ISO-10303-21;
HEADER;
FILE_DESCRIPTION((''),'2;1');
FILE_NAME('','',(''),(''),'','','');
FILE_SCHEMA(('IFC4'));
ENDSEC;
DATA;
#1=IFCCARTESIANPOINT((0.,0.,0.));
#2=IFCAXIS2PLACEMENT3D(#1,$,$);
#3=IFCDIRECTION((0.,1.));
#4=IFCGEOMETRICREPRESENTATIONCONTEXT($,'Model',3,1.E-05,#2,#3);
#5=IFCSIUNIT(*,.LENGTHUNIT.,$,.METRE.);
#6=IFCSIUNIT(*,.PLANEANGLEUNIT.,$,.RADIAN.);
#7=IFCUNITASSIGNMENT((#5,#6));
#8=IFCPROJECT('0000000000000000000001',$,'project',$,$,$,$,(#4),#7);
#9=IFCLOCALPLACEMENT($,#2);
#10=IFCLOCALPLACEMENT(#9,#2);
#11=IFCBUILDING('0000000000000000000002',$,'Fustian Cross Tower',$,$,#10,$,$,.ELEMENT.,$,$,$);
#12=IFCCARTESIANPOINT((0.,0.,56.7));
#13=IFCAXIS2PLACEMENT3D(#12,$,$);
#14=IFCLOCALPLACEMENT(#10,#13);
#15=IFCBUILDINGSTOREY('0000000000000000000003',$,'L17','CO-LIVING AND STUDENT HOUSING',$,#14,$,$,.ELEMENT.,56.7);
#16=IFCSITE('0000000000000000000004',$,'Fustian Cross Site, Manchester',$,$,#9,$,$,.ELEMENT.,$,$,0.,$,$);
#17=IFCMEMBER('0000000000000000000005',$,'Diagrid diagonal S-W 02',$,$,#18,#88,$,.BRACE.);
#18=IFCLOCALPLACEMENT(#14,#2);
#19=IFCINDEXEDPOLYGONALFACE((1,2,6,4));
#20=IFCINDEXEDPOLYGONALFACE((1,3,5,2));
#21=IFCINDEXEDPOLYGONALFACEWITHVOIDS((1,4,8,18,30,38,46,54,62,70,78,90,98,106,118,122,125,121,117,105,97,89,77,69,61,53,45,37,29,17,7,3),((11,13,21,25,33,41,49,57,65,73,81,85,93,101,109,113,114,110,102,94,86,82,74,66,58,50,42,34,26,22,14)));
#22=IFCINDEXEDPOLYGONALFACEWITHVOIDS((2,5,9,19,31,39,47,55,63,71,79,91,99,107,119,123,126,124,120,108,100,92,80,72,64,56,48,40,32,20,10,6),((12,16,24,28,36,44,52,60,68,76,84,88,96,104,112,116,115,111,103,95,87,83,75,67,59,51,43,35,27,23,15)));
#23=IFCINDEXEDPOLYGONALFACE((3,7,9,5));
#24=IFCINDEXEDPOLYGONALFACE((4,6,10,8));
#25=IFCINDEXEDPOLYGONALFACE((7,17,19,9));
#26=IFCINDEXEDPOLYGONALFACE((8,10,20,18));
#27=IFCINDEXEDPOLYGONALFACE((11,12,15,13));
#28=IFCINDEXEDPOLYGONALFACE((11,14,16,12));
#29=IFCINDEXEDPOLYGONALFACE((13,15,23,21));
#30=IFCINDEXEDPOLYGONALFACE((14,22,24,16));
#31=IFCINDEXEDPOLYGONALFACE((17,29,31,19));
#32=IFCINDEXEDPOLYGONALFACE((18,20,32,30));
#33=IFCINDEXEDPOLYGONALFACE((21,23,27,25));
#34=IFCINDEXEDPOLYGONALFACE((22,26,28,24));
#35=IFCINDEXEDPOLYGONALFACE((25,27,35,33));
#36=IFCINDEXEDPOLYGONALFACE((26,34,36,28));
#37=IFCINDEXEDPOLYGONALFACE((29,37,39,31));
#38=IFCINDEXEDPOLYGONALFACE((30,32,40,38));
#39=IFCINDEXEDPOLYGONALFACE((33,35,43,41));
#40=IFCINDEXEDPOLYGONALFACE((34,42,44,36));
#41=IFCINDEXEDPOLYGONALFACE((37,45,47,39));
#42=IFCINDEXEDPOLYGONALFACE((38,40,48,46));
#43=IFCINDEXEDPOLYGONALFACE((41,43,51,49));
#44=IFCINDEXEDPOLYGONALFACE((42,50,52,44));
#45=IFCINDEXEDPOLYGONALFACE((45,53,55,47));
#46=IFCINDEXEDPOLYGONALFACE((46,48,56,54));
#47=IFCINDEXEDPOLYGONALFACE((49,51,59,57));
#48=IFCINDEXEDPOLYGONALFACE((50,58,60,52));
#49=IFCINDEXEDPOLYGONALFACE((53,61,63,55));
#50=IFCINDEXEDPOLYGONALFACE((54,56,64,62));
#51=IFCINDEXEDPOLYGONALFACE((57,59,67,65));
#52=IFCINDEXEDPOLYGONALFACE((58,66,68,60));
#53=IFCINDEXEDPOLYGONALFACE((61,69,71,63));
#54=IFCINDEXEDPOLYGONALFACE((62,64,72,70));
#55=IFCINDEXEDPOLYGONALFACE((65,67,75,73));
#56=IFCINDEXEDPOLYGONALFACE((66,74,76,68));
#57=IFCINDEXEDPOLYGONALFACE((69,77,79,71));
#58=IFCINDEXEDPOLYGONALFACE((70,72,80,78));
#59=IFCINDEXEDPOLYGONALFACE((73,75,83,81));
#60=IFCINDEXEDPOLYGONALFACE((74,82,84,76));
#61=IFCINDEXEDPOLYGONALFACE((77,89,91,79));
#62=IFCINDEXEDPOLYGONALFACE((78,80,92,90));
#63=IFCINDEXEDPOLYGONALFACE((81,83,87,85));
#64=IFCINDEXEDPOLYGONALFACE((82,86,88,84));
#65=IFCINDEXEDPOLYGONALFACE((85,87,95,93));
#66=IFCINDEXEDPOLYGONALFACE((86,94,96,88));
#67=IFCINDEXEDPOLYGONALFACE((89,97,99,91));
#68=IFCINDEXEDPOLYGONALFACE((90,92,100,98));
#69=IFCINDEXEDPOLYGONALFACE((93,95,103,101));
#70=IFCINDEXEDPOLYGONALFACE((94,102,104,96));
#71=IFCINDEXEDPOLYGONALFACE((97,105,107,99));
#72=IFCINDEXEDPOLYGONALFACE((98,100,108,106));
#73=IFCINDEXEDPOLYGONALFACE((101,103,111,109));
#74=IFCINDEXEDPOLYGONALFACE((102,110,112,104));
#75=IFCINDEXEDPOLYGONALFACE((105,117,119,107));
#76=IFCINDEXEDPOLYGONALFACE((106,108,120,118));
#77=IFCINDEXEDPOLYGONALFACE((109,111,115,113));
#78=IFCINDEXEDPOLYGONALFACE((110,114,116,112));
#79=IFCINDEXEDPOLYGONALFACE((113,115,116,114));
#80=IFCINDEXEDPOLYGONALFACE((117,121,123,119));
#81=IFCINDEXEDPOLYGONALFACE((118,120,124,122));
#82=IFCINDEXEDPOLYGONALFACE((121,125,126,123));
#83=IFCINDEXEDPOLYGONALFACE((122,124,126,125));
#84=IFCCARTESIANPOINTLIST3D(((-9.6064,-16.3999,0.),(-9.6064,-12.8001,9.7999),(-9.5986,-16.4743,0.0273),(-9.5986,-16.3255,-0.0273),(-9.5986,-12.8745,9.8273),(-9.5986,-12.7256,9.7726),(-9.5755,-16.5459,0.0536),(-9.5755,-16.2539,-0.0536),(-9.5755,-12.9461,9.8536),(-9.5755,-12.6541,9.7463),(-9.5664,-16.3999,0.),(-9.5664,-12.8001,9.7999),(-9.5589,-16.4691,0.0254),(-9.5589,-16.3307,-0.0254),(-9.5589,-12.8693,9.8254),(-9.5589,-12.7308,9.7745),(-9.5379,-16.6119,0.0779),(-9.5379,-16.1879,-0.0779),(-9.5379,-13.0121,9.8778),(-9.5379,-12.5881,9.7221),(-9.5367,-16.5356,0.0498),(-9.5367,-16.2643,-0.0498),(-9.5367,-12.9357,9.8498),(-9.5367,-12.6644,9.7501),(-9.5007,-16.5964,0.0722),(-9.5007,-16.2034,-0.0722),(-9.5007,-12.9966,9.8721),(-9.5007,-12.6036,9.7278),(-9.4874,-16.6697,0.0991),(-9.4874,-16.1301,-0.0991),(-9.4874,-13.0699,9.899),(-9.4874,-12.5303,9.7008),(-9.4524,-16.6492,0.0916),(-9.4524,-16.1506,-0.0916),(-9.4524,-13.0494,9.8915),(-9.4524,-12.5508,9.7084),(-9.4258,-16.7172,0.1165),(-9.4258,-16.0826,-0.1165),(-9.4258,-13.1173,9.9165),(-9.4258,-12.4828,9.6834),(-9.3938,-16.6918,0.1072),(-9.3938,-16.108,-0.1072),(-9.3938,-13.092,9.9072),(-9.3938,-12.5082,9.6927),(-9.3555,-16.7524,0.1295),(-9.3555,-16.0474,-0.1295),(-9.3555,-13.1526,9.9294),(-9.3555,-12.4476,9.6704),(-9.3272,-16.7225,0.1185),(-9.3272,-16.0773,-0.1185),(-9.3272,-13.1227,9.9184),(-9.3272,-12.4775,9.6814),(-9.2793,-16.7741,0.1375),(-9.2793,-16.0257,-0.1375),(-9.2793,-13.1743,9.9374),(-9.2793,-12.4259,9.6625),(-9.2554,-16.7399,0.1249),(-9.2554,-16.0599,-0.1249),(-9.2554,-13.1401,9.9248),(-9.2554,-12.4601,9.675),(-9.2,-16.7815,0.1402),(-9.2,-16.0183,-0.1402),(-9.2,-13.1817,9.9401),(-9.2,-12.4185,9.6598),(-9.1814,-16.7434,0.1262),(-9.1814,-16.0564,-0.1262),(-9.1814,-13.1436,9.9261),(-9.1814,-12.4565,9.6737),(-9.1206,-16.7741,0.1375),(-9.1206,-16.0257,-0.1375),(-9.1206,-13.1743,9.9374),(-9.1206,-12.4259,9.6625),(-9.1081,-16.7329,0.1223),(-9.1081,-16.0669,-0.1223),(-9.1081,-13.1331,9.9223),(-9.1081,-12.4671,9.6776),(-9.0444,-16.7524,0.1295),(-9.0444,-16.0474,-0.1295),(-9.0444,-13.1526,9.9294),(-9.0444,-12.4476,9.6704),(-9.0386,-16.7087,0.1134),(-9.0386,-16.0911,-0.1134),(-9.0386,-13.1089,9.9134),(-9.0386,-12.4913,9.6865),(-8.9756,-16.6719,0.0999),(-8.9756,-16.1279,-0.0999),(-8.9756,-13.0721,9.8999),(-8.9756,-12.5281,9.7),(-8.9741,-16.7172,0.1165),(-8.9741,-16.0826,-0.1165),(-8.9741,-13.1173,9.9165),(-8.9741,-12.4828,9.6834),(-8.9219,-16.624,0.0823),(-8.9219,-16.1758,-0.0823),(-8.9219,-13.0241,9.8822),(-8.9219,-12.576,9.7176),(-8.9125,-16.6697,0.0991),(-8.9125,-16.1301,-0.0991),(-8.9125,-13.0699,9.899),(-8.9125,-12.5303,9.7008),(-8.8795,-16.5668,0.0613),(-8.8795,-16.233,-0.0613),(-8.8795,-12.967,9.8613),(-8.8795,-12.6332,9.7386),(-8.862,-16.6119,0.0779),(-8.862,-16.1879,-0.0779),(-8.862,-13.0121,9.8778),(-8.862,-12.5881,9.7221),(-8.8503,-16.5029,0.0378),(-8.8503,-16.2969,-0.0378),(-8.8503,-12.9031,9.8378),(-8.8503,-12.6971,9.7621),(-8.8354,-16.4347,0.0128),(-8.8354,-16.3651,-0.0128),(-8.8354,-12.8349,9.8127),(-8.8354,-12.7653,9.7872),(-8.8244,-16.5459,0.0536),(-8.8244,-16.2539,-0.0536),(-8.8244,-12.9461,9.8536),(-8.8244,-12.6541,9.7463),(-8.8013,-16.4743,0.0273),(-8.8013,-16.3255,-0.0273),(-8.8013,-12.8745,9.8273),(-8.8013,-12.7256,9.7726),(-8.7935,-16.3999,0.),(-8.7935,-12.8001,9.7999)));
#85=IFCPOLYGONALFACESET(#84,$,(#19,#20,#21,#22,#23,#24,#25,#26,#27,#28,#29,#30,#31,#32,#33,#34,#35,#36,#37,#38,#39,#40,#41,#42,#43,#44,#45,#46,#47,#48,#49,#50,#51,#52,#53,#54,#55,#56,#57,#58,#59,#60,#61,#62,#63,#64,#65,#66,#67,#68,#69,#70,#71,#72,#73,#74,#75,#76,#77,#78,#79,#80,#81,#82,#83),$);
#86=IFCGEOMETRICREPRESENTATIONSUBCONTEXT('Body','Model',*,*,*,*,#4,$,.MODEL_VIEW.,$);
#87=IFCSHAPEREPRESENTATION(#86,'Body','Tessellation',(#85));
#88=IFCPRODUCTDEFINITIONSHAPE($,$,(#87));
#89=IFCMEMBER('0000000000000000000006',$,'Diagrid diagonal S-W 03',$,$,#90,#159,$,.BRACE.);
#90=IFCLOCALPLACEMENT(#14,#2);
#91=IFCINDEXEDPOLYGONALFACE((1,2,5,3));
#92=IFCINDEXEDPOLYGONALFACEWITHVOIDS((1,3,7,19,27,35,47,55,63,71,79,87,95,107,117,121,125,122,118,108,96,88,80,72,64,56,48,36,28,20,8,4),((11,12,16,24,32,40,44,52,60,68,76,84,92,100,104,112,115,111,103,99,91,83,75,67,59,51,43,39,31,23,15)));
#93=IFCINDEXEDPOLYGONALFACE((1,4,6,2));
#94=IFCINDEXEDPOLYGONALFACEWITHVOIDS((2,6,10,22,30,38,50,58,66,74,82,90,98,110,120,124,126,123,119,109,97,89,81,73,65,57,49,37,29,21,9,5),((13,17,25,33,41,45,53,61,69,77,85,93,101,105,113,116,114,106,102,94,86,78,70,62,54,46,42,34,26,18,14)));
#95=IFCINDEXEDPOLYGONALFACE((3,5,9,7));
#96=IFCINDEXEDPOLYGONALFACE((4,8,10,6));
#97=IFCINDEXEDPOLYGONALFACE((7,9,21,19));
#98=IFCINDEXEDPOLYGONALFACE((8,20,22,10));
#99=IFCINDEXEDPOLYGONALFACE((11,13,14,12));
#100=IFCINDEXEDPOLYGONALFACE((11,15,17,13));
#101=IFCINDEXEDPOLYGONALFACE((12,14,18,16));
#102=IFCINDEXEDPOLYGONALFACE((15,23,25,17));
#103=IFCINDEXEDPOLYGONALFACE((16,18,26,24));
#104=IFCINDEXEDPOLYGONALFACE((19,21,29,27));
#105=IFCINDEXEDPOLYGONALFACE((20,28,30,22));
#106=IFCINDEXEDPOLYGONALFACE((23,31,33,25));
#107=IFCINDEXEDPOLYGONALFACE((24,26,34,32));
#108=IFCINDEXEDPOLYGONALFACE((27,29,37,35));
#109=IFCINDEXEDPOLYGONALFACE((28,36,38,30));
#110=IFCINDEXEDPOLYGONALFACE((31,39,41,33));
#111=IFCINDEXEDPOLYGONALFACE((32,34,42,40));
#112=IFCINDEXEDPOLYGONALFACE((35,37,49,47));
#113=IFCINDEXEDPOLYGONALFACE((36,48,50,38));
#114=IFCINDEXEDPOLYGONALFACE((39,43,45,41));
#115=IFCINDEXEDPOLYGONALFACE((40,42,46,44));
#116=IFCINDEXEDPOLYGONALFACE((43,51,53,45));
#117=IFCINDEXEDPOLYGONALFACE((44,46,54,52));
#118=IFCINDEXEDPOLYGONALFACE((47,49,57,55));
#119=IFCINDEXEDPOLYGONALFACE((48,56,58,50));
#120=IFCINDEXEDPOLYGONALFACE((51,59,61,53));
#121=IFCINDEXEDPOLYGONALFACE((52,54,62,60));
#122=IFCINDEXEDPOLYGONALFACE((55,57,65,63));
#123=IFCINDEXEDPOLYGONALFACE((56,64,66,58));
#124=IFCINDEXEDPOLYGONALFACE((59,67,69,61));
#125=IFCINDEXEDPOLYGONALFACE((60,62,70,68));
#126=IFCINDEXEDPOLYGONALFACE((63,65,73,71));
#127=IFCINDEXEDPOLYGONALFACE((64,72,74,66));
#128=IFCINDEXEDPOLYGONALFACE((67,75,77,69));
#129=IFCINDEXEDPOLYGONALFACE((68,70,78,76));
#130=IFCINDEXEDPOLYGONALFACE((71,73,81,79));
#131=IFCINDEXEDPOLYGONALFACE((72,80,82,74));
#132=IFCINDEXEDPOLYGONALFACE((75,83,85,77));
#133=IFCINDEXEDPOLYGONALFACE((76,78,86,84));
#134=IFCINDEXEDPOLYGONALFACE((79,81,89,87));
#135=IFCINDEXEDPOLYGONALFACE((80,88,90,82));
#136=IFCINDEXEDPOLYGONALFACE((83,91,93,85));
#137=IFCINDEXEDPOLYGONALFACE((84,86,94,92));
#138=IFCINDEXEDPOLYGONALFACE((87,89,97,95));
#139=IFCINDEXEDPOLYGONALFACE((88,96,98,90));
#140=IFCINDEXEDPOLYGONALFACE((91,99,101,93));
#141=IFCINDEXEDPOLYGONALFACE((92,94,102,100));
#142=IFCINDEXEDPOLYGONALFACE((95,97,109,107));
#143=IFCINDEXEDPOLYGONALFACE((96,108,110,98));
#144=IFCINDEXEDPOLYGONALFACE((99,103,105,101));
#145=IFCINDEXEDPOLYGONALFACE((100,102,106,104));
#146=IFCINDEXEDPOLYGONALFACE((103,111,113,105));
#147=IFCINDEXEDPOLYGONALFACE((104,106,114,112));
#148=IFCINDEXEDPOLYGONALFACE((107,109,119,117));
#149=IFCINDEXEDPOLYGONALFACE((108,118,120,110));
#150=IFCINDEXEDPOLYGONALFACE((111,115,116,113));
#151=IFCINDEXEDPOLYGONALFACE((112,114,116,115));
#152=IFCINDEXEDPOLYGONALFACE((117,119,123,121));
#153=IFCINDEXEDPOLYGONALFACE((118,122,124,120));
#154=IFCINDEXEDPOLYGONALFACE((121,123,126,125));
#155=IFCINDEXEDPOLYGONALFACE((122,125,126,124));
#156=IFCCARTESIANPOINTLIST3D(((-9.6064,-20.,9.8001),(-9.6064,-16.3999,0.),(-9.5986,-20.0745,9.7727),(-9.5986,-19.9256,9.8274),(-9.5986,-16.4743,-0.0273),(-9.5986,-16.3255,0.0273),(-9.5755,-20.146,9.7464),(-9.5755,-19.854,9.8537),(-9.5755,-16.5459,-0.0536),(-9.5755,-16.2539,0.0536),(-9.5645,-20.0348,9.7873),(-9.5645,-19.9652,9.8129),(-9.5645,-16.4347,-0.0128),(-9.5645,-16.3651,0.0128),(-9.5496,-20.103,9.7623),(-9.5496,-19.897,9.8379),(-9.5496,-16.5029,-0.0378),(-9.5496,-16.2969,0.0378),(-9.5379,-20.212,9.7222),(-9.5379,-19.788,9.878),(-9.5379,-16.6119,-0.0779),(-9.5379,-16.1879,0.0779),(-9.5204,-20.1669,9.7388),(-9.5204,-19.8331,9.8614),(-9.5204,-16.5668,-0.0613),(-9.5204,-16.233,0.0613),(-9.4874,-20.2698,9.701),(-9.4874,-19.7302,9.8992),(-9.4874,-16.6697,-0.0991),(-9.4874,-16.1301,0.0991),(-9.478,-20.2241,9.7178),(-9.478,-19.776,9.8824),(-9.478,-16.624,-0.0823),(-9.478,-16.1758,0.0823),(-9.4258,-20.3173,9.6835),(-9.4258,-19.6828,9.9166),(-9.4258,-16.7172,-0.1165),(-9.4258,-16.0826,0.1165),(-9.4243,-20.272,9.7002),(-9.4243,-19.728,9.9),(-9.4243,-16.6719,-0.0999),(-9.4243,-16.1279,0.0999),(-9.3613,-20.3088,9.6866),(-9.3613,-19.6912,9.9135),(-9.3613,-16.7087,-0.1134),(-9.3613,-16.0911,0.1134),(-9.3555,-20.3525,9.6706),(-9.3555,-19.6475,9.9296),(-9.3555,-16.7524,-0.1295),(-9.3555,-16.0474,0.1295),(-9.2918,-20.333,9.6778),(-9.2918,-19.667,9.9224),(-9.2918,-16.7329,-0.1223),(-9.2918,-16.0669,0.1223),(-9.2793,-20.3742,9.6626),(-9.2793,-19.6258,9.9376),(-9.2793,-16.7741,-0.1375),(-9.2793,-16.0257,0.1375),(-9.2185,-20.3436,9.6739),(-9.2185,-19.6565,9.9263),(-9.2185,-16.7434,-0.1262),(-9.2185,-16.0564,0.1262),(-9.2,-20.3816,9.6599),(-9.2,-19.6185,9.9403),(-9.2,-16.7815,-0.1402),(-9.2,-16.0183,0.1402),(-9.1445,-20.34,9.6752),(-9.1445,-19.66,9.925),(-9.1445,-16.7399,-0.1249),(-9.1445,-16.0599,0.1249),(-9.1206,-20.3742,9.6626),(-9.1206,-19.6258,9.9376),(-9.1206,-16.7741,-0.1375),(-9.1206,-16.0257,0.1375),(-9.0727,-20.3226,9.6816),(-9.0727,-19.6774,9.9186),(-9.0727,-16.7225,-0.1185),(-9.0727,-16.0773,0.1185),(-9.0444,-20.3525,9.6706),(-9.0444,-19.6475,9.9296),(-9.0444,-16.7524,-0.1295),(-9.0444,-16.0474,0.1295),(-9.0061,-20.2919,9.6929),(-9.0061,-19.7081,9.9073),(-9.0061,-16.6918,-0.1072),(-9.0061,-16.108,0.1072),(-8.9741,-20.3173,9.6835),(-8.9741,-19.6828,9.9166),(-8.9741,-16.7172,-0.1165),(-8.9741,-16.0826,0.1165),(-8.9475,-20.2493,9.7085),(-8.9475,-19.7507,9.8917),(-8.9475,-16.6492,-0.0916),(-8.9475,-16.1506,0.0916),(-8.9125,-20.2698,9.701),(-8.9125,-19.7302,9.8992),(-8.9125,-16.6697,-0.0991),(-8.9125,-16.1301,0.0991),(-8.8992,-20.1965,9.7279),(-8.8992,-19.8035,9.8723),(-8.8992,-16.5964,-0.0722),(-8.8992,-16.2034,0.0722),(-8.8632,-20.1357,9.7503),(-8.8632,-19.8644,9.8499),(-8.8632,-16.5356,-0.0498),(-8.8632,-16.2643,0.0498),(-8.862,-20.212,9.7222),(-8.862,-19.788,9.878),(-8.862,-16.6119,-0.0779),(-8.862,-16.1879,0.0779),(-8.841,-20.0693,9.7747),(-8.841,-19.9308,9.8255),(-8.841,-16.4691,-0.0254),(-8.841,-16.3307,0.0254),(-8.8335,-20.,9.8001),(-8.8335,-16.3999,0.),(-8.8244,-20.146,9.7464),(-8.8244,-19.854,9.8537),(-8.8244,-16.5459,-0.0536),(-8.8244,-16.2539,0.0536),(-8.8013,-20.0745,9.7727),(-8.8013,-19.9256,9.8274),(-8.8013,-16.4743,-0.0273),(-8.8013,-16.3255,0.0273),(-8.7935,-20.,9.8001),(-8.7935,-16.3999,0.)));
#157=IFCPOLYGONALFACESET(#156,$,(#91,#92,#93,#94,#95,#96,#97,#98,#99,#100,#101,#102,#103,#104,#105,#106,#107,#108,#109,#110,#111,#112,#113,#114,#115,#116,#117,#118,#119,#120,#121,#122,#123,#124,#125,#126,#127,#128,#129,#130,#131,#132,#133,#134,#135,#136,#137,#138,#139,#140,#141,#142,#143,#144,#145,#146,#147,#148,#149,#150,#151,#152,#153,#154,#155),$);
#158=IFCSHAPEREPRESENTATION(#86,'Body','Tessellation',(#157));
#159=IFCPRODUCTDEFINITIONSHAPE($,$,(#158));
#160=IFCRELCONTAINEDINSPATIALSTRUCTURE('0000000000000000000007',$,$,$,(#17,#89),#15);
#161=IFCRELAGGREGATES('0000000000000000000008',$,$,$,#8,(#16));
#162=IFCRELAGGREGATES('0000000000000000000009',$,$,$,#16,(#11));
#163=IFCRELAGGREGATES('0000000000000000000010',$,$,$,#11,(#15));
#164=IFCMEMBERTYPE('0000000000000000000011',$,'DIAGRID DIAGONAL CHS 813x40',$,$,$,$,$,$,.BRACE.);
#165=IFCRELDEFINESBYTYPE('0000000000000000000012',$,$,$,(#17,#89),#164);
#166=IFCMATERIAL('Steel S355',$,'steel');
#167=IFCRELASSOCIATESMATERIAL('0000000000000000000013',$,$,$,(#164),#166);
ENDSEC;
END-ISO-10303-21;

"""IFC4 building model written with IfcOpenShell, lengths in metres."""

from ifc_helpers import new_model, si_unit, direction, frame, origin, origin_2d, place, context, subcontext, project, spatial, hollow_circle, extrude, material, material_profile, profile_set, type_object, element, save


model = new_model("IFC4")

# Units and contexts
model_context = context("Model", 3, precision=1e-05, world=origin(), true_north=direction((0.0, 1.0)))
body_context = subcontext(model_context, "Body", "Model", "MODEL_VIEW")
ifc_project = project(units=[si_unit("LENGTHUNIT", "METRE"), si_unit("PLANEANGLEUNIT", "RADIAN")], contexts=[model_context])

# Site, building, storey
site_placement = place(None, origin())
site = spatial("IfcSite", under=ifc_project, at=site_placement, Name="Fustian Cross Site, Manchester", CompositionType="ELEMENT", RefElevation=0.0)
building_placement = place(site_placement, origin())
building = spatial("IfcBuilding", under=site, at=building_placement, Name="Fustian Cross Tower", CompositionType="ELEMENT")
storey_placement = place(building_placement, frame((0.0, 0.0, 56.7)))
storey = spatial("IfcBuildingStorey", under=building, at=storey_placement, Name="L17", Description="CO-LIVING AND STUDENT HOUSING", CompositionType="ELEMENT", Elevation=56.7)

# Members
ifc_material_1 = material(Name="Steel S355", Category="steel")
ifc_material_profile_1 = material_profile(ifc_material_1, hollow_circle(Radius=0.4065, WallThickness=0.04, at=origin_2d()), Name="CHS 813x40")
ifc_profile_set_1 = profile_set([ifc_material_profile_1], Name="Steel S355")
member_type_1 = type_object("IfcMemberType", Name="DIAGRID DIAGONAL CHS 813x40", PredefinedType="BRACE", material=ifc_profile_set_1)
for number, where, z_axis, x_axis, name in (
    (1, (-9.2, -16.3999, 0.0), (0.0, 0.344804, 0.938675), (-1.0, 0.0, 0.0), "Diagrid diagonal S-W 02"),
):
    element("IfcMember", number, at=place(storey_placement, frame(where, z_axis=z_axis, x_axis=x_axis)), inside=storey, type_object=member_type_1, Name=name, PredefinedType="BRACE", context=body_context, shape_type="SweptSolid", body=[
        extrude(hollow_circle(Radius=0.4065, WallThickness=0.04, at=origin_2d()), origin(), (0.0, 0.0, 1.0), 10.4402),
    ])
for number, where, z_axis, x_axis, name in (
    (2, (-9.2, -16.3999, 0.0), (0.0, -0.344824, 0.938667), (1.0, 0.0, 0.0), "Diagrid diagonal S-W 03"),
):
    element("IfcMember", number, at=place(storey_placement, frame(where, z_axis=z_axis, x_axis=x_axis)), inside=storey, type_object=member_type_1, Name=name, PredefinedType="BRACE", context=body_context, shape_type="SweptSolid", body=[
        extrude(hollow_circle(Radius=0.4065, WallThickness=0.04, at=origin_2d()), origin(), (0.0, 0.0, 1.0), 10.4404),
    ])

save(model, "model.ifc")
